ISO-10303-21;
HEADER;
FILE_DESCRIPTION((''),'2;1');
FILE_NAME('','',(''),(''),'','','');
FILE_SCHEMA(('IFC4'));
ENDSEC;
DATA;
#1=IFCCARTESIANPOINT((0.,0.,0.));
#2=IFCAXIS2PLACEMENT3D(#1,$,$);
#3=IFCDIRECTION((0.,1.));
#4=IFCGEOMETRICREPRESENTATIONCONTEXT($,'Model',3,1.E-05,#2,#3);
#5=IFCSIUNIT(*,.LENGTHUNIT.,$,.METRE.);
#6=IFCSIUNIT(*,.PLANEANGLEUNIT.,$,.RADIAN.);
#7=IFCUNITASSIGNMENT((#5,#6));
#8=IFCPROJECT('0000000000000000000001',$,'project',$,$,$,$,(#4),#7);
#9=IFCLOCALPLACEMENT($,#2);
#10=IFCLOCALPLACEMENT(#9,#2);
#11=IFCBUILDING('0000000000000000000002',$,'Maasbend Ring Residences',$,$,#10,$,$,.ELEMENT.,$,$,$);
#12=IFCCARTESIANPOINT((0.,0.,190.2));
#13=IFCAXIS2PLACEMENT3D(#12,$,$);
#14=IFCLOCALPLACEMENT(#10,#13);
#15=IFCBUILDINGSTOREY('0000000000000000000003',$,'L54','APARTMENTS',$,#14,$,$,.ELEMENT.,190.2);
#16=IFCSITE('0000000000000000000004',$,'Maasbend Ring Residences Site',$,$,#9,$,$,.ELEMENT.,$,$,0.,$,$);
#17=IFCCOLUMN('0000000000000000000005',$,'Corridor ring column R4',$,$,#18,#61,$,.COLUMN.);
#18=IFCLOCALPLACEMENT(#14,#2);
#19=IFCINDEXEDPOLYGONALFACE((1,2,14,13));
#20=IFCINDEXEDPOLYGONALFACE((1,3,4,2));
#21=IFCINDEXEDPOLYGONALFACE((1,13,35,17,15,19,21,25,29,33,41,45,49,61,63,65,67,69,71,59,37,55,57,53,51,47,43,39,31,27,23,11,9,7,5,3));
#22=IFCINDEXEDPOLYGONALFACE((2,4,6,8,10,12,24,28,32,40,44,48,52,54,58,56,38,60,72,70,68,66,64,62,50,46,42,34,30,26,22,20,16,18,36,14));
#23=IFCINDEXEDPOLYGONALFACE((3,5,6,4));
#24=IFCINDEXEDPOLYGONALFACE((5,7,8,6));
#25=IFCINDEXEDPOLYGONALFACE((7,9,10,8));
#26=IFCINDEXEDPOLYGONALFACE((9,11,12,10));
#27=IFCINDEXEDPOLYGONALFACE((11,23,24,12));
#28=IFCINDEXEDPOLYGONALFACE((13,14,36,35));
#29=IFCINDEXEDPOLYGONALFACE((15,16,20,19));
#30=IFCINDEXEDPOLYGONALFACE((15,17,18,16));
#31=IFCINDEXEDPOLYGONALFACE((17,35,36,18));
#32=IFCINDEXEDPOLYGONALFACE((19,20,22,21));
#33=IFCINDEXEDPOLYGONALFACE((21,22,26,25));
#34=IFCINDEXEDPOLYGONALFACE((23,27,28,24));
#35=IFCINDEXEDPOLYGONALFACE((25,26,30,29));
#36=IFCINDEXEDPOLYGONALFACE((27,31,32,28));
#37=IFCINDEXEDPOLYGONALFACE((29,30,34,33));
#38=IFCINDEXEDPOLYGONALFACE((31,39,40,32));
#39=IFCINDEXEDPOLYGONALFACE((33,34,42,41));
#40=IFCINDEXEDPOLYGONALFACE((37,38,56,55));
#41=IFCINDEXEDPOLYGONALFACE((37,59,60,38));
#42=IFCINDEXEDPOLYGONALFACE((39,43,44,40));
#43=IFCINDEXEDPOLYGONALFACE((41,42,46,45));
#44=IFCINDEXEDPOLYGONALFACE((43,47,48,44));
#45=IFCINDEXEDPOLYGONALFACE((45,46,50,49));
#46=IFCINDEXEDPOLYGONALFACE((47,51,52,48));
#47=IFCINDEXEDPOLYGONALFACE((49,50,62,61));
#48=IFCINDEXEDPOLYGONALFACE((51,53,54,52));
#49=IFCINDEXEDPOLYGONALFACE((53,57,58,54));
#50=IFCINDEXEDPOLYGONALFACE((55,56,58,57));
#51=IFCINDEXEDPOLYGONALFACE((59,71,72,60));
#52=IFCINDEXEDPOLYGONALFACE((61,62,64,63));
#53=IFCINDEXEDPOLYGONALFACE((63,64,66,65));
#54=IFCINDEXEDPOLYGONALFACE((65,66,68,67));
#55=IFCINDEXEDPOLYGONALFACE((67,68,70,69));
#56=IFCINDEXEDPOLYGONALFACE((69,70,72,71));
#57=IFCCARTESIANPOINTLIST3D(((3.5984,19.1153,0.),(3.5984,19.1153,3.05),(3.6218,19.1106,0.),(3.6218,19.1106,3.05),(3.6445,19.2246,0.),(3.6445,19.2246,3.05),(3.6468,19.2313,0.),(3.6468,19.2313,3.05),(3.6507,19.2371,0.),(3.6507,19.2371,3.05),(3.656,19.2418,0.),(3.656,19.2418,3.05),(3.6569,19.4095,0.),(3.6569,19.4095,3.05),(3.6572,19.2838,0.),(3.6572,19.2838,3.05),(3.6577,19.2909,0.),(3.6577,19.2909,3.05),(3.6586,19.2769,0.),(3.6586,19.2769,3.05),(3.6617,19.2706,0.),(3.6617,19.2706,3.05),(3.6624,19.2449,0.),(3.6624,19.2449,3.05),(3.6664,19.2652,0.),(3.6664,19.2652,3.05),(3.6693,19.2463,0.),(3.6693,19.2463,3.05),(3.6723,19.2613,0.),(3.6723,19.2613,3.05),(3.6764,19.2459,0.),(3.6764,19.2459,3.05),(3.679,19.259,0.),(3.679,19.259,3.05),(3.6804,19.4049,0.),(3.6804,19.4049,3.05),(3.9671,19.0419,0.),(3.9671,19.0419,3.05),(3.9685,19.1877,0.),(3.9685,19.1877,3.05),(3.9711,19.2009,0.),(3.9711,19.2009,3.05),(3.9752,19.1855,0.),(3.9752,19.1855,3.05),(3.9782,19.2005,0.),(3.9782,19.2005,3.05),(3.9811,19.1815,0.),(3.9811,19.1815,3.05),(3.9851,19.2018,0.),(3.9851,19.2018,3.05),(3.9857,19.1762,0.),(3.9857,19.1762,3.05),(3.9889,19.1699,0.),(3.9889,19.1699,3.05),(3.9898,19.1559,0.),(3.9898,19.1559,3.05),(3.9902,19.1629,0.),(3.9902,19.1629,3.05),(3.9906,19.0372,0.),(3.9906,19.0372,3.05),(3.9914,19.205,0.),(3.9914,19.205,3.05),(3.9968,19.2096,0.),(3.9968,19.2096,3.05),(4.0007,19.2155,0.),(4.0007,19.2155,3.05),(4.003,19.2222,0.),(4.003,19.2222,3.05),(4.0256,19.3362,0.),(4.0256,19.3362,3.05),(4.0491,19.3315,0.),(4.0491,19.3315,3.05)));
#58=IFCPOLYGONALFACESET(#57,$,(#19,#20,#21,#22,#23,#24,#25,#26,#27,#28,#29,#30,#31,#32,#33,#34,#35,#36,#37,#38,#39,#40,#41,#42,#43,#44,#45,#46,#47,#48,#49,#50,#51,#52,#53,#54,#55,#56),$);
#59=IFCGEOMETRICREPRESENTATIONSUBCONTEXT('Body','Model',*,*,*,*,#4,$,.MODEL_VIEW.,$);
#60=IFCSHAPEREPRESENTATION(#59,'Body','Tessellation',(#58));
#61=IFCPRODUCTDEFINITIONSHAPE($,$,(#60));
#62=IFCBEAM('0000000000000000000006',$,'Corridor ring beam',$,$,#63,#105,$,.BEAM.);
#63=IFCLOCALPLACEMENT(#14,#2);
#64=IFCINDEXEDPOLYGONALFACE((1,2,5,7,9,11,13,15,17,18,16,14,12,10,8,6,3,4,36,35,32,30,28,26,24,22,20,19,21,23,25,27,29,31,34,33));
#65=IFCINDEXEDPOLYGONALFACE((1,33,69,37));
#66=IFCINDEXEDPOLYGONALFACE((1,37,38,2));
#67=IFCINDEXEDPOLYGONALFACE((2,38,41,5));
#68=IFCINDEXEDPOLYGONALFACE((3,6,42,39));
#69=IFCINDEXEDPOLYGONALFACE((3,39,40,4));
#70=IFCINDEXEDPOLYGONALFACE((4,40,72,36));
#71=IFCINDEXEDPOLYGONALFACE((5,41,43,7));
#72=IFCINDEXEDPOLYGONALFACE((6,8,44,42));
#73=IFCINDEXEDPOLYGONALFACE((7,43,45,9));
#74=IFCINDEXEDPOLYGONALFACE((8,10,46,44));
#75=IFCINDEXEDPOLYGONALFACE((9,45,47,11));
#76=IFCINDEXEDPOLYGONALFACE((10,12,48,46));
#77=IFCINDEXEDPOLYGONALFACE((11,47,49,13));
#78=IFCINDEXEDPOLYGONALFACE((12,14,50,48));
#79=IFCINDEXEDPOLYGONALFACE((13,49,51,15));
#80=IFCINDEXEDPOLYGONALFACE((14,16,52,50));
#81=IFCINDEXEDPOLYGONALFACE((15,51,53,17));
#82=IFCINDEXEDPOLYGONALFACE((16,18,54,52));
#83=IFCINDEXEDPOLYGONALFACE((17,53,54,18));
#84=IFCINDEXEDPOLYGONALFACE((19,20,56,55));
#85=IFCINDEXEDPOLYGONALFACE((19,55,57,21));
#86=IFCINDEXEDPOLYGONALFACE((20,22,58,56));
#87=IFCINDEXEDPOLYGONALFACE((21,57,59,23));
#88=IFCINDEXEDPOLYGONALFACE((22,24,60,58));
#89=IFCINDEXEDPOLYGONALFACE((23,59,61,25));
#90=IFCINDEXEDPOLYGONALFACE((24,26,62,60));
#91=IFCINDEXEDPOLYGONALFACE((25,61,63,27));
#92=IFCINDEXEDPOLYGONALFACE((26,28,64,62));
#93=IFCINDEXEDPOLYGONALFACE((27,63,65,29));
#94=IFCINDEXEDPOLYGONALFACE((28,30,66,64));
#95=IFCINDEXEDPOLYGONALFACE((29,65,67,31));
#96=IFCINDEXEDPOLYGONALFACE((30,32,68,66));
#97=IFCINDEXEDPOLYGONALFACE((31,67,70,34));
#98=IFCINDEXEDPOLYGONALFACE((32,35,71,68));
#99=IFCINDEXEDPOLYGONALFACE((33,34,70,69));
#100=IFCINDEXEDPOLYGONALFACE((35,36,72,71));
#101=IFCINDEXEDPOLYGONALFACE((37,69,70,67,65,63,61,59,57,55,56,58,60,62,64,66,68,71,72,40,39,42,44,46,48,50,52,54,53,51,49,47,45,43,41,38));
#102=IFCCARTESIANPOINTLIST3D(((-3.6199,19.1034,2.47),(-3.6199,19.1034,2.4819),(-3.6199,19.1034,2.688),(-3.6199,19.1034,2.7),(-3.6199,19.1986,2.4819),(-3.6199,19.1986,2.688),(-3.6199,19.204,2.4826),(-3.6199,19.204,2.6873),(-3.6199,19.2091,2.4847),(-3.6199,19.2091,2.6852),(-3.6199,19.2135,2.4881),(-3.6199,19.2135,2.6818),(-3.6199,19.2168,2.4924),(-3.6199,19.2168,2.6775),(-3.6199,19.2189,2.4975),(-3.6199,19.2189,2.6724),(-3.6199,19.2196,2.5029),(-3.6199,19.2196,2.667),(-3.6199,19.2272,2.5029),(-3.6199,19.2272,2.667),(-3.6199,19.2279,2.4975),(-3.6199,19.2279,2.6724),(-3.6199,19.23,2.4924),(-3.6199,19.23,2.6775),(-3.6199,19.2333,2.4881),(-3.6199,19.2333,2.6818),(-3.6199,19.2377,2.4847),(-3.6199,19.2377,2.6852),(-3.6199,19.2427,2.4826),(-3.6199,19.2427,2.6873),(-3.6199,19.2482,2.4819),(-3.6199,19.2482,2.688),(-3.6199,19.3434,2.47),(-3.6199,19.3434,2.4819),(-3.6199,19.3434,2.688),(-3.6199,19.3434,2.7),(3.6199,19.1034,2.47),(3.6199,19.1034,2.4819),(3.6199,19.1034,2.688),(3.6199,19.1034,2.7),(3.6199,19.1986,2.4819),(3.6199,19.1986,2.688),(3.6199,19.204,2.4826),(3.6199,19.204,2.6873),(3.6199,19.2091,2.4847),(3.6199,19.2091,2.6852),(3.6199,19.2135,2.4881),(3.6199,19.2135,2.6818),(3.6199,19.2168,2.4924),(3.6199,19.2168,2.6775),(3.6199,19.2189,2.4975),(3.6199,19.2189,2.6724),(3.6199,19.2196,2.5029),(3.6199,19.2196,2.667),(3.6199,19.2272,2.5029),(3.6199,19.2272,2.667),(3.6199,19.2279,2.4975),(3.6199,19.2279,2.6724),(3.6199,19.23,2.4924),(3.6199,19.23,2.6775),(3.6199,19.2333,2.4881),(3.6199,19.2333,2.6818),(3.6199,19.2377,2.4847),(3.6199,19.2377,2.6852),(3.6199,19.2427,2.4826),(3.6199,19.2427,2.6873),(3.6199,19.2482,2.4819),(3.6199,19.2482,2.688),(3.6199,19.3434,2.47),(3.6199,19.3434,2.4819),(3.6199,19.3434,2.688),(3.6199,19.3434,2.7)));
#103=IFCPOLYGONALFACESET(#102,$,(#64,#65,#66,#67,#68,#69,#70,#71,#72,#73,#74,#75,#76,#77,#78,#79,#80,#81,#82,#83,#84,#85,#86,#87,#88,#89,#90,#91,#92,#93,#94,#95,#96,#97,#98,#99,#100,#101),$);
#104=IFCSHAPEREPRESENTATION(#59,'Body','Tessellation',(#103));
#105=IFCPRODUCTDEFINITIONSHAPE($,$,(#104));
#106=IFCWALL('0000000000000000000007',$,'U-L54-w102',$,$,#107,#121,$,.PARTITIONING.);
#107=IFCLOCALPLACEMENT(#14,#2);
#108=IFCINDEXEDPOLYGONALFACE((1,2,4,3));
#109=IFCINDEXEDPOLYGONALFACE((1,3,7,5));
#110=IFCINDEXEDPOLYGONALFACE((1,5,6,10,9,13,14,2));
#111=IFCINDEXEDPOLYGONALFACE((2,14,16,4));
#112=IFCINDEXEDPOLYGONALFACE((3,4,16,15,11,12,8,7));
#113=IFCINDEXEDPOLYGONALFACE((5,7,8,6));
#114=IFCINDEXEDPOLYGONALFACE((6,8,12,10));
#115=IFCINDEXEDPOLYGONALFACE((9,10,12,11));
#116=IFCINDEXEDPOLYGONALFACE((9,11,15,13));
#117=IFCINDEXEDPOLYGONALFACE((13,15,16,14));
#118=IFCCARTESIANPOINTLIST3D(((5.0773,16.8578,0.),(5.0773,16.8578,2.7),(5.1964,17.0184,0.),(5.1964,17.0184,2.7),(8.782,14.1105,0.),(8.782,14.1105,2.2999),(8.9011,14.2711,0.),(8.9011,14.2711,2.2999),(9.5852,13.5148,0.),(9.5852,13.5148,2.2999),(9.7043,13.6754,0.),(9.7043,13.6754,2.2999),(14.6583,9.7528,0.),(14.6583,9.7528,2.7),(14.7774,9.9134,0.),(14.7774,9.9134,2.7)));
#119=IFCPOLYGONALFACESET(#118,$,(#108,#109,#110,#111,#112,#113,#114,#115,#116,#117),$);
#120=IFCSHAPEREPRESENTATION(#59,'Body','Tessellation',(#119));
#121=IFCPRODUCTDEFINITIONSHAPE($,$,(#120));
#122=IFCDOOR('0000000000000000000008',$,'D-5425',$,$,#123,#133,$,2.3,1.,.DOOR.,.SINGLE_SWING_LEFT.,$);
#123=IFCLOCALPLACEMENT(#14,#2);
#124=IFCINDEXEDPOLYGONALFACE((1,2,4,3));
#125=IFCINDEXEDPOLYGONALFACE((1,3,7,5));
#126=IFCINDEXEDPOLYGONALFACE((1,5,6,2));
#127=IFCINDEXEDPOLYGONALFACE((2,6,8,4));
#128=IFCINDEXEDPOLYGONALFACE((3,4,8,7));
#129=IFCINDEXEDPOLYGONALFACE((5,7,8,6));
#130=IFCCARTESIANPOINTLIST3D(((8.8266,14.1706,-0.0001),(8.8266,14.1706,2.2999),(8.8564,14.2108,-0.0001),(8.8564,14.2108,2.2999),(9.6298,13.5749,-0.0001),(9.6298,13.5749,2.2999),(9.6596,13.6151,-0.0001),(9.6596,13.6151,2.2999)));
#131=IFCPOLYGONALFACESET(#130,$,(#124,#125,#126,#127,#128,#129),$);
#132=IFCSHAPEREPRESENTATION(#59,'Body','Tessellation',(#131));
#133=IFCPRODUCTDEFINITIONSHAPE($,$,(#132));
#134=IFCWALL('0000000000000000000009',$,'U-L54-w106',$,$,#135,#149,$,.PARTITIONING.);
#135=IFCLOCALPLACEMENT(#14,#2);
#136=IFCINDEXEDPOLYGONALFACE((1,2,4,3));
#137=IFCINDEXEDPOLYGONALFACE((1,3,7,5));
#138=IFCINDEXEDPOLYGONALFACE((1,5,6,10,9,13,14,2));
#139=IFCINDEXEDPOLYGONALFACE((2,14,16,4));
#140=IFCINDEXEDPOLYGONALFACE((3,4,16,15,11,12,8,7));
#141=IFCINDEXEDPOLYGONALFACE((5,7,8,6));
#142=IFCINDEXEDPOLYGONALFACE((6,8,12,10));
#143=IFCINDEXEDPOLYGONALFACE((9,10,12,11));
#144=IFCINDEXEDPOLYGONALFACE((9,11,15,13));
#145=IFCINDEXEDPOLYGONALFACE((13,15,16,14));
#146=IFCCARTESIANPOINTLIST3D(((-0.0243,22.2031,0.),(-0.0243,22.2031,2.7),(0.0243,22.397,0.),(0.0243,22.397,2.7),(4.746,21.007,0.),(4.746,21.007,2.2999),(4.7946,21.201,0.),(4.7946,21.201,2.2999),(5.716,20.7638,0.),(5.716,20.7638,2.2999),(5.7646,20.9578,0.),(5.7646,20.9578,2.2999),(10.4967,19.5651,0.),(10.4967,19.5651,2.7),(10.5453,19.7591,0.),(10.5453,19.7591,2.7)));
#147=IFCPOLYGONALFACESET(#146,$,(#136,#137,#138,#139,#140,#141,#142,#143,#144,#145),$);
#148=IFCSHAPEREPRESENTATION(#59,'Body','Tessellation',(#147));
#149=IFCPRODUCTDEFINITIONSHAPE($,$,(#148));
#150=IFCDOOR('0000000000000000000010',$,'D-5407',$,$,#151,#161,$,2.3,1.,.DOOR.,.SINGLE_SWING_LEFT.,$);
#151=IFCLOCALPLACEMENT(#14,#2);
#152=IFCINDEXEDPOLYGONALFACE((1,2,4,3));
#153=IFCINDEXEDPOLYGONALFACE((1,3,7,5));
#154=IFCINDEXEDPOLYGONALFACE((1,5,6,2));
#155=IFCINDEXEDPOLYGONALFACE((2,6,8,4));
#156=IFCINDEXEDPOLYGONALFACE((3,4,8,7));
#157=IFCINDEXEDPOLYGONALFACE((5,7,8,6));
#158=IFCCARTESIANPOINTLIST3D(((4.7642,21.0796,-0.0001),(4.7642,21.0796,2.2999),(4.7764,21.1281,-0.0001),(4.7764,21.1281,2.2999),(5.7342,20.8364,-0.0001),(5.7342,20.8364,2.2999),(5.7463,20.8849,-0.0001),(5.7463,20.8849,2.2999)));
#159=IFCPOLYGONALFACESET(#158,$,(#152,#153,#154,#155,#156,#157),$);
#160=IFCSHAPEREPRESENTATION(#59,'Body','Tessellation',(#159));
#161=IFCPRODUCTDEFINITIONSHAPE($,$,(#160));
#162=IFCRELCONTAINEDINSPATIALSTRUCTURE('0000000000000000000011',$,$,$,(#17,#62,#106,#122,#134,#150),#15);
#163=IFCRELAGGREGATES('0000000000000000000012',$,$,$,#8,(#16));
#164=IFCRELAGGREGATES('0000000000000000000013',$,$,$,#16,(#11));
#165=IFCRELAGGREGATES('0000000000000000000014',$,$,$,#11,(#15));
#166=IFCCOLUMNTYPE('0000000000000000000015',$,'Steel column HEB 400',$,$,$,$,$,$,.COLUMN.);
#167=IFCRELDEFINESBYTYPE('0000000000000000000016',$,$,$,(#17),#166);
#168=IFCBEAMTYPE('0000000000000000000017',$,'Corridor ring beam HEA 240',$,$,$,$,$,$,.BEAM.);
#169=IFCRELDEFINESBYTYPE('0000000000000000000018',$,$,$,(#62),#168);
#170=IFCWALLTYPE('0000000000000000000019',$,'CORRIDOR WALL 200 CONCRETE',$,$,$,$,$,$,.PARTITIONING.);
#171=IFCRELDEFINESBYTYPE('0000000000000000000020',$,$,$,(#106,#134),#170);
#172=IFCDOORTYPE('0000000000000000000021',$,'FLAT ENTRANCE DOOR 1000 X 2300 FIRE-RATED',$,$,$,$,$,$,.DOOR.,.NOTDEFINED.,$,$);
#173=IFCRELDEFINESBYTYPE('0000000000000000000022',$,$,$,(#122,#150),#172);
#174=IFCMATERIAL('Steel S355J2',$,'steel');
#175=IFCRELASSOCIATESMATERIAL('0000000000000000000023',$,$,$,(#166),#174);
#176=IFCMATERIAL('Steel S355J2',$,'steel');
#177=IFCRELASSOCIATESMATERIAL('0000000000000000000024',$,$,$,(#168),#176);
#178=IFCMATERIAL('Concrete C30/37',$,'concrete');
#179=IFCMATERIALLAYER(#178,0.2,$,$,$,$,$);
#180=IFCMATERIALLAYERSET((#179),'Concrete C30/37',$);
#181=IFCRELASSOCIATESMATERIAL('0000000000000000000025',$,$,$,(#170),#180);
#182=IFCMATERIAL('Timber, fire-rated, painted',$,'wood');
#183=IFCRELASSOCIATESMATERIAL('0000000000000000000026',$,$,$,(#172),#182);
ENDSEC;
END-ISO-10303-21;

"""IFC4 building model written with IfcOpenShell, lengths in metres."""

from ifc_helpers import new_model, si_unit, direction, frame, frame_2d, origin, origin_2d, place, context, subcontext, project, spatial, rectangle, i_section, extrude, material, layer, layer_set, material_profile, profile_set, type_object, element, fill, save


model = new_model("IFC4")

# Units and contexts
model_context = context("Model", 3, precision=1e-05, world=origin(), true_north=direction((0.0, 1.0)))
body_context = subcontext(model_context, "Body", "Model", "MODEL_VIEW")
ifc_project = project(units=[si_unit("LENGTHUNIT", "METRE"), si_unit("PLANEANGLEUNIT", "RADIAN")], contexts=[model_context])

# Site, building, storey
site_placement = place(None, origin())
site = spatial("IfcSite", under=ifc_project, at=site_placement, Name="Maasbend Ring Residences Site", CompositionType="ELEMENT", RefElevation=0.0)
building_placement = place(site_placement, origin())
building = spatial("IfcBuilding", under=site, at=building_placement, Name="Maasbend Ring Residences", CompositionType="ELEMENT")
storey_placement = place(building_placement, frame((0.0, 0.0, 190.2)))
storey = spatial("IfcBuildingStorey", under=building, at=storey_placement, Name="L54", Description="APARTMENTS", CompositionType="ELEMENT", Elevation=190.2)

# Column
ifc_material_1 = material(Name="Steel S355J2", Category="steel")
ifc_material_profile_1 = material_profile(ifc_material_1, i_section(OverallWidth=0.3, OverallDepth=0.3999, WebThickness=0.0134, FlangeThickness=0.0239, FilletRadius=0.0271, at=origin_2d()), Name="HEB 400")
ifc_profile_set_1 = profile_set([ifc_material_profile_1], Name="Steel S355J2")
column_type = type_object("IfcColumnType", Name="Steel column HEB 400", PredefinedType="COLUMN", material=ifc_profile_set_1)
column_placement = place(storey_placement, frame((3.8237, 19.2234, 0.0), z_axis=(0.0, 0.0, 1.0), x_axis=(0.19509, 0.980785, 0.0)))
element("IfcColumn", 1, at=column_placement, inside=storey, type_object=column_type, Name="Corridor ring column R4", PredefinedType="COLUMN", context=body_context, shape_type="SweptSolid", body=[
    extrude(i_section(OverallWidth=0.3, OverallDepth=0.3999, WebThickness=0.0134, FlangeThickness=0.0239, FilletRadius=0.0271, at=origin_2d()), origin(), (0.0, 0.0, 1.0), 3.05),
])

# Beam
ifc_material_2 = material(Name="Steel S355J2", Category="steel")
ifc_material_profile_2 = material_profile(ifc_material_2, i_section(OverallWidth=0.24, OverallDepth=0.23, WebThickness=0.0076, FlangeThickness=0.012, FilletRadius=0.021, at=origin_2d()), Name="HEA 240")
ifc_profile_set_2 = profile_set([ifc_material_profile_2], Name="Steel S355J2")
beam_type = type_object("IfcBeamType", Name="Corridor ring beam HEA 240", PredefinedType="BEAM", material=ifc_profile_set_2)
beam_placement = place(storey_placement, frame((3.6199, 19.2234, 2.585), z_axis=(-1.0, 0.0, 0.0), x_axis=(0.0, -1.0, 0.0)))
element("IfcBeam", 2, at=beam_placement, inside=storey, type_object=beam_type, Name="Corridor ring beam", PredefinedType="BEAM", context=body_context, shape_type="SweptSolid", body=[
    extrude(i_section(OverallWidth=0.24, OverallDepth=0.23, WebThickness=0.0076, FlangeThickness=0.012, FilletRadius=0.021, at=origin_2d()), origin(), (0.0, 0.0, 1.0), 7.2397),
])

# Walls, openings, doors
ifc_material_3 = material(Name="Concrete C30/37", Category="concrete")
ifc_layer_1 = layer(ifc_material_3, 0.2)
ifc_layer_set_1 = layer_set([ifc_layer_1], Name="Concrete C30/37")
wall_type_1 = type_object("IfcWallType", Name="CORRIDOR WALL 200 CONCRETE", PredefinedType="PARTITIONING", material=ifc_layer_set_1)
wall_1_placement = place(storey_placement, frame((5.137, 16.938, 0.0), z_axis=(0.0, 0.0, 1.0), x_axis=(0.80324, -0.595655, 0.0)))
wall_1 = element("IfcWall", 3, at=wall_1_placement, inside=storey, type_object=wall_type_1, Name="U-L54-w102", PredefinedType="PARTITIONING", context=body_context, shape_type="SweptSolid", body=[
    extrude(rectangle(XDim=11.928, YDim=0.2, at=frame_2d((5.9639, 0.0))), origin(), (0.0, 0.0, 1.0), 2.7),
])
opening_1_placement = place(wall_1_placement, frame((4.6121, 0.0, 0.0)))
opening_1 = element("IfcOpeningElement", 4, at=opening_1_placement, cuts=wall_1, PredefinedType="OPENING", context=body_context, shape_type="SweptSolid", body=[
    extrude(rectangle(XDim=1.0, YDim=2.3, at=frame_2d((0.5, 1.1499))), frame((0.0, 0.1099, 0.0), z_axis=(0.0, -1.0, 0.0), x_axis=(1.0, 0.0, 0.0)), (0.0, 0.0, 1.0), 0.22),
])
ifc_material_4 = material(Name="Timber, fire-rated, painted", Category="wood")
door_type_1 = type_object("IfcDoorType", Name="FLAT ENTRANCE DOOR 1000 X 2300 FIRE-RATED", OperationType="NOTDEFINED", PredefinedType="DOOR", material=ifc_material_4)
door_1_placement = place(opening_1_placement, origin())
door_1 = element("IfcDoor", 5, at=door_1_placement, inside=storey, type_object=door_type_1, Name="D-5425", OperationType="SINGLE_SWING_LEFT", OverallHeight=2.3, OverallWidth=1.0, PredefinedType="DOOR", context=body_context, shape_type="SweptSolid", body=[
    extrude(rectangle(XDim=1.0, YDim=2.3, at=frame_2d((0.5, 1.1499))), frame((0.0, 0.0249, 0.0), z_axis=(0.0, -1.0, 0.0), x_axis=(1.0, 0.0, 0.0)), (0.0, 0.0, 1.0), 0.05),
])
fill(opening_1, door_1)
wall_2_placement = place(storey_placement, frame((0.0, 22.3, 0.0), z_axis=(0.0, 0.0, 1.0), x_axis=(0.969975, -0.243203, 0.0)))
wall_2 = element("IfcWall", 6, at=wall_2_placement, inside=storey, type_object=wall_type_1, Name="U-L54-w106", PredefinedType="PARTITIONING", context=body_context, shape_type="SweptSolid", body=[
    extrude(rectangle(XDim=10.8467, YDim=0.2, at=frame_2d((5.4233, 0.0))), origin(), (0.0, 0.0, 1.0), 2.7),
])
opening_2_placement = place(wall_2_placement, frame((4.918, 0.0, 0.0)))
opening_2 = element("IfcOpeningElement", 7, at=opening_2_placement, cuts=wall_2, PredefinedType="OPENING", context=body_context, shape_type="SweptSolid", body=[
    extrude(rectangle(XDim=1.0, YDim=2.3, at=frame_2d((0.5, 1.1499))), frame((0.0, 0.1099, 0.0), z_axis=(0.0, -1.0, 0.0), x_axis=(1.0, 0.0, 0.0)), (0.0, 0.0, 1.0), 0.22),
])
door_2_placement = place(opening_2_placement, origin())
door_2 = element("IfcDoor", 8, at=door_2_placement, inside=storey, type_object=door_type_1, Name="D-5407", OperationType="SINGLE_SWING_LEFT", OverallHeight=2.3, OverallWidth=1.0, PredefinedType="DOOR", context=body_context, shape_type="SweptSolid", body=[
    extrude(rectangle(XDim=1.0, YDim=2.3, at=frame_2d((0.5, 1.1499))), frame((0.0, 0.0249, 0.0), z_axis=(0.0, -1.0, 0.0), x_axis=(1.0, 0.0, 0.0)), (0.0, 0.0, 1.0), 0.05),
])
fill(opening_2, door_2)

save(model, "model.ifc")
